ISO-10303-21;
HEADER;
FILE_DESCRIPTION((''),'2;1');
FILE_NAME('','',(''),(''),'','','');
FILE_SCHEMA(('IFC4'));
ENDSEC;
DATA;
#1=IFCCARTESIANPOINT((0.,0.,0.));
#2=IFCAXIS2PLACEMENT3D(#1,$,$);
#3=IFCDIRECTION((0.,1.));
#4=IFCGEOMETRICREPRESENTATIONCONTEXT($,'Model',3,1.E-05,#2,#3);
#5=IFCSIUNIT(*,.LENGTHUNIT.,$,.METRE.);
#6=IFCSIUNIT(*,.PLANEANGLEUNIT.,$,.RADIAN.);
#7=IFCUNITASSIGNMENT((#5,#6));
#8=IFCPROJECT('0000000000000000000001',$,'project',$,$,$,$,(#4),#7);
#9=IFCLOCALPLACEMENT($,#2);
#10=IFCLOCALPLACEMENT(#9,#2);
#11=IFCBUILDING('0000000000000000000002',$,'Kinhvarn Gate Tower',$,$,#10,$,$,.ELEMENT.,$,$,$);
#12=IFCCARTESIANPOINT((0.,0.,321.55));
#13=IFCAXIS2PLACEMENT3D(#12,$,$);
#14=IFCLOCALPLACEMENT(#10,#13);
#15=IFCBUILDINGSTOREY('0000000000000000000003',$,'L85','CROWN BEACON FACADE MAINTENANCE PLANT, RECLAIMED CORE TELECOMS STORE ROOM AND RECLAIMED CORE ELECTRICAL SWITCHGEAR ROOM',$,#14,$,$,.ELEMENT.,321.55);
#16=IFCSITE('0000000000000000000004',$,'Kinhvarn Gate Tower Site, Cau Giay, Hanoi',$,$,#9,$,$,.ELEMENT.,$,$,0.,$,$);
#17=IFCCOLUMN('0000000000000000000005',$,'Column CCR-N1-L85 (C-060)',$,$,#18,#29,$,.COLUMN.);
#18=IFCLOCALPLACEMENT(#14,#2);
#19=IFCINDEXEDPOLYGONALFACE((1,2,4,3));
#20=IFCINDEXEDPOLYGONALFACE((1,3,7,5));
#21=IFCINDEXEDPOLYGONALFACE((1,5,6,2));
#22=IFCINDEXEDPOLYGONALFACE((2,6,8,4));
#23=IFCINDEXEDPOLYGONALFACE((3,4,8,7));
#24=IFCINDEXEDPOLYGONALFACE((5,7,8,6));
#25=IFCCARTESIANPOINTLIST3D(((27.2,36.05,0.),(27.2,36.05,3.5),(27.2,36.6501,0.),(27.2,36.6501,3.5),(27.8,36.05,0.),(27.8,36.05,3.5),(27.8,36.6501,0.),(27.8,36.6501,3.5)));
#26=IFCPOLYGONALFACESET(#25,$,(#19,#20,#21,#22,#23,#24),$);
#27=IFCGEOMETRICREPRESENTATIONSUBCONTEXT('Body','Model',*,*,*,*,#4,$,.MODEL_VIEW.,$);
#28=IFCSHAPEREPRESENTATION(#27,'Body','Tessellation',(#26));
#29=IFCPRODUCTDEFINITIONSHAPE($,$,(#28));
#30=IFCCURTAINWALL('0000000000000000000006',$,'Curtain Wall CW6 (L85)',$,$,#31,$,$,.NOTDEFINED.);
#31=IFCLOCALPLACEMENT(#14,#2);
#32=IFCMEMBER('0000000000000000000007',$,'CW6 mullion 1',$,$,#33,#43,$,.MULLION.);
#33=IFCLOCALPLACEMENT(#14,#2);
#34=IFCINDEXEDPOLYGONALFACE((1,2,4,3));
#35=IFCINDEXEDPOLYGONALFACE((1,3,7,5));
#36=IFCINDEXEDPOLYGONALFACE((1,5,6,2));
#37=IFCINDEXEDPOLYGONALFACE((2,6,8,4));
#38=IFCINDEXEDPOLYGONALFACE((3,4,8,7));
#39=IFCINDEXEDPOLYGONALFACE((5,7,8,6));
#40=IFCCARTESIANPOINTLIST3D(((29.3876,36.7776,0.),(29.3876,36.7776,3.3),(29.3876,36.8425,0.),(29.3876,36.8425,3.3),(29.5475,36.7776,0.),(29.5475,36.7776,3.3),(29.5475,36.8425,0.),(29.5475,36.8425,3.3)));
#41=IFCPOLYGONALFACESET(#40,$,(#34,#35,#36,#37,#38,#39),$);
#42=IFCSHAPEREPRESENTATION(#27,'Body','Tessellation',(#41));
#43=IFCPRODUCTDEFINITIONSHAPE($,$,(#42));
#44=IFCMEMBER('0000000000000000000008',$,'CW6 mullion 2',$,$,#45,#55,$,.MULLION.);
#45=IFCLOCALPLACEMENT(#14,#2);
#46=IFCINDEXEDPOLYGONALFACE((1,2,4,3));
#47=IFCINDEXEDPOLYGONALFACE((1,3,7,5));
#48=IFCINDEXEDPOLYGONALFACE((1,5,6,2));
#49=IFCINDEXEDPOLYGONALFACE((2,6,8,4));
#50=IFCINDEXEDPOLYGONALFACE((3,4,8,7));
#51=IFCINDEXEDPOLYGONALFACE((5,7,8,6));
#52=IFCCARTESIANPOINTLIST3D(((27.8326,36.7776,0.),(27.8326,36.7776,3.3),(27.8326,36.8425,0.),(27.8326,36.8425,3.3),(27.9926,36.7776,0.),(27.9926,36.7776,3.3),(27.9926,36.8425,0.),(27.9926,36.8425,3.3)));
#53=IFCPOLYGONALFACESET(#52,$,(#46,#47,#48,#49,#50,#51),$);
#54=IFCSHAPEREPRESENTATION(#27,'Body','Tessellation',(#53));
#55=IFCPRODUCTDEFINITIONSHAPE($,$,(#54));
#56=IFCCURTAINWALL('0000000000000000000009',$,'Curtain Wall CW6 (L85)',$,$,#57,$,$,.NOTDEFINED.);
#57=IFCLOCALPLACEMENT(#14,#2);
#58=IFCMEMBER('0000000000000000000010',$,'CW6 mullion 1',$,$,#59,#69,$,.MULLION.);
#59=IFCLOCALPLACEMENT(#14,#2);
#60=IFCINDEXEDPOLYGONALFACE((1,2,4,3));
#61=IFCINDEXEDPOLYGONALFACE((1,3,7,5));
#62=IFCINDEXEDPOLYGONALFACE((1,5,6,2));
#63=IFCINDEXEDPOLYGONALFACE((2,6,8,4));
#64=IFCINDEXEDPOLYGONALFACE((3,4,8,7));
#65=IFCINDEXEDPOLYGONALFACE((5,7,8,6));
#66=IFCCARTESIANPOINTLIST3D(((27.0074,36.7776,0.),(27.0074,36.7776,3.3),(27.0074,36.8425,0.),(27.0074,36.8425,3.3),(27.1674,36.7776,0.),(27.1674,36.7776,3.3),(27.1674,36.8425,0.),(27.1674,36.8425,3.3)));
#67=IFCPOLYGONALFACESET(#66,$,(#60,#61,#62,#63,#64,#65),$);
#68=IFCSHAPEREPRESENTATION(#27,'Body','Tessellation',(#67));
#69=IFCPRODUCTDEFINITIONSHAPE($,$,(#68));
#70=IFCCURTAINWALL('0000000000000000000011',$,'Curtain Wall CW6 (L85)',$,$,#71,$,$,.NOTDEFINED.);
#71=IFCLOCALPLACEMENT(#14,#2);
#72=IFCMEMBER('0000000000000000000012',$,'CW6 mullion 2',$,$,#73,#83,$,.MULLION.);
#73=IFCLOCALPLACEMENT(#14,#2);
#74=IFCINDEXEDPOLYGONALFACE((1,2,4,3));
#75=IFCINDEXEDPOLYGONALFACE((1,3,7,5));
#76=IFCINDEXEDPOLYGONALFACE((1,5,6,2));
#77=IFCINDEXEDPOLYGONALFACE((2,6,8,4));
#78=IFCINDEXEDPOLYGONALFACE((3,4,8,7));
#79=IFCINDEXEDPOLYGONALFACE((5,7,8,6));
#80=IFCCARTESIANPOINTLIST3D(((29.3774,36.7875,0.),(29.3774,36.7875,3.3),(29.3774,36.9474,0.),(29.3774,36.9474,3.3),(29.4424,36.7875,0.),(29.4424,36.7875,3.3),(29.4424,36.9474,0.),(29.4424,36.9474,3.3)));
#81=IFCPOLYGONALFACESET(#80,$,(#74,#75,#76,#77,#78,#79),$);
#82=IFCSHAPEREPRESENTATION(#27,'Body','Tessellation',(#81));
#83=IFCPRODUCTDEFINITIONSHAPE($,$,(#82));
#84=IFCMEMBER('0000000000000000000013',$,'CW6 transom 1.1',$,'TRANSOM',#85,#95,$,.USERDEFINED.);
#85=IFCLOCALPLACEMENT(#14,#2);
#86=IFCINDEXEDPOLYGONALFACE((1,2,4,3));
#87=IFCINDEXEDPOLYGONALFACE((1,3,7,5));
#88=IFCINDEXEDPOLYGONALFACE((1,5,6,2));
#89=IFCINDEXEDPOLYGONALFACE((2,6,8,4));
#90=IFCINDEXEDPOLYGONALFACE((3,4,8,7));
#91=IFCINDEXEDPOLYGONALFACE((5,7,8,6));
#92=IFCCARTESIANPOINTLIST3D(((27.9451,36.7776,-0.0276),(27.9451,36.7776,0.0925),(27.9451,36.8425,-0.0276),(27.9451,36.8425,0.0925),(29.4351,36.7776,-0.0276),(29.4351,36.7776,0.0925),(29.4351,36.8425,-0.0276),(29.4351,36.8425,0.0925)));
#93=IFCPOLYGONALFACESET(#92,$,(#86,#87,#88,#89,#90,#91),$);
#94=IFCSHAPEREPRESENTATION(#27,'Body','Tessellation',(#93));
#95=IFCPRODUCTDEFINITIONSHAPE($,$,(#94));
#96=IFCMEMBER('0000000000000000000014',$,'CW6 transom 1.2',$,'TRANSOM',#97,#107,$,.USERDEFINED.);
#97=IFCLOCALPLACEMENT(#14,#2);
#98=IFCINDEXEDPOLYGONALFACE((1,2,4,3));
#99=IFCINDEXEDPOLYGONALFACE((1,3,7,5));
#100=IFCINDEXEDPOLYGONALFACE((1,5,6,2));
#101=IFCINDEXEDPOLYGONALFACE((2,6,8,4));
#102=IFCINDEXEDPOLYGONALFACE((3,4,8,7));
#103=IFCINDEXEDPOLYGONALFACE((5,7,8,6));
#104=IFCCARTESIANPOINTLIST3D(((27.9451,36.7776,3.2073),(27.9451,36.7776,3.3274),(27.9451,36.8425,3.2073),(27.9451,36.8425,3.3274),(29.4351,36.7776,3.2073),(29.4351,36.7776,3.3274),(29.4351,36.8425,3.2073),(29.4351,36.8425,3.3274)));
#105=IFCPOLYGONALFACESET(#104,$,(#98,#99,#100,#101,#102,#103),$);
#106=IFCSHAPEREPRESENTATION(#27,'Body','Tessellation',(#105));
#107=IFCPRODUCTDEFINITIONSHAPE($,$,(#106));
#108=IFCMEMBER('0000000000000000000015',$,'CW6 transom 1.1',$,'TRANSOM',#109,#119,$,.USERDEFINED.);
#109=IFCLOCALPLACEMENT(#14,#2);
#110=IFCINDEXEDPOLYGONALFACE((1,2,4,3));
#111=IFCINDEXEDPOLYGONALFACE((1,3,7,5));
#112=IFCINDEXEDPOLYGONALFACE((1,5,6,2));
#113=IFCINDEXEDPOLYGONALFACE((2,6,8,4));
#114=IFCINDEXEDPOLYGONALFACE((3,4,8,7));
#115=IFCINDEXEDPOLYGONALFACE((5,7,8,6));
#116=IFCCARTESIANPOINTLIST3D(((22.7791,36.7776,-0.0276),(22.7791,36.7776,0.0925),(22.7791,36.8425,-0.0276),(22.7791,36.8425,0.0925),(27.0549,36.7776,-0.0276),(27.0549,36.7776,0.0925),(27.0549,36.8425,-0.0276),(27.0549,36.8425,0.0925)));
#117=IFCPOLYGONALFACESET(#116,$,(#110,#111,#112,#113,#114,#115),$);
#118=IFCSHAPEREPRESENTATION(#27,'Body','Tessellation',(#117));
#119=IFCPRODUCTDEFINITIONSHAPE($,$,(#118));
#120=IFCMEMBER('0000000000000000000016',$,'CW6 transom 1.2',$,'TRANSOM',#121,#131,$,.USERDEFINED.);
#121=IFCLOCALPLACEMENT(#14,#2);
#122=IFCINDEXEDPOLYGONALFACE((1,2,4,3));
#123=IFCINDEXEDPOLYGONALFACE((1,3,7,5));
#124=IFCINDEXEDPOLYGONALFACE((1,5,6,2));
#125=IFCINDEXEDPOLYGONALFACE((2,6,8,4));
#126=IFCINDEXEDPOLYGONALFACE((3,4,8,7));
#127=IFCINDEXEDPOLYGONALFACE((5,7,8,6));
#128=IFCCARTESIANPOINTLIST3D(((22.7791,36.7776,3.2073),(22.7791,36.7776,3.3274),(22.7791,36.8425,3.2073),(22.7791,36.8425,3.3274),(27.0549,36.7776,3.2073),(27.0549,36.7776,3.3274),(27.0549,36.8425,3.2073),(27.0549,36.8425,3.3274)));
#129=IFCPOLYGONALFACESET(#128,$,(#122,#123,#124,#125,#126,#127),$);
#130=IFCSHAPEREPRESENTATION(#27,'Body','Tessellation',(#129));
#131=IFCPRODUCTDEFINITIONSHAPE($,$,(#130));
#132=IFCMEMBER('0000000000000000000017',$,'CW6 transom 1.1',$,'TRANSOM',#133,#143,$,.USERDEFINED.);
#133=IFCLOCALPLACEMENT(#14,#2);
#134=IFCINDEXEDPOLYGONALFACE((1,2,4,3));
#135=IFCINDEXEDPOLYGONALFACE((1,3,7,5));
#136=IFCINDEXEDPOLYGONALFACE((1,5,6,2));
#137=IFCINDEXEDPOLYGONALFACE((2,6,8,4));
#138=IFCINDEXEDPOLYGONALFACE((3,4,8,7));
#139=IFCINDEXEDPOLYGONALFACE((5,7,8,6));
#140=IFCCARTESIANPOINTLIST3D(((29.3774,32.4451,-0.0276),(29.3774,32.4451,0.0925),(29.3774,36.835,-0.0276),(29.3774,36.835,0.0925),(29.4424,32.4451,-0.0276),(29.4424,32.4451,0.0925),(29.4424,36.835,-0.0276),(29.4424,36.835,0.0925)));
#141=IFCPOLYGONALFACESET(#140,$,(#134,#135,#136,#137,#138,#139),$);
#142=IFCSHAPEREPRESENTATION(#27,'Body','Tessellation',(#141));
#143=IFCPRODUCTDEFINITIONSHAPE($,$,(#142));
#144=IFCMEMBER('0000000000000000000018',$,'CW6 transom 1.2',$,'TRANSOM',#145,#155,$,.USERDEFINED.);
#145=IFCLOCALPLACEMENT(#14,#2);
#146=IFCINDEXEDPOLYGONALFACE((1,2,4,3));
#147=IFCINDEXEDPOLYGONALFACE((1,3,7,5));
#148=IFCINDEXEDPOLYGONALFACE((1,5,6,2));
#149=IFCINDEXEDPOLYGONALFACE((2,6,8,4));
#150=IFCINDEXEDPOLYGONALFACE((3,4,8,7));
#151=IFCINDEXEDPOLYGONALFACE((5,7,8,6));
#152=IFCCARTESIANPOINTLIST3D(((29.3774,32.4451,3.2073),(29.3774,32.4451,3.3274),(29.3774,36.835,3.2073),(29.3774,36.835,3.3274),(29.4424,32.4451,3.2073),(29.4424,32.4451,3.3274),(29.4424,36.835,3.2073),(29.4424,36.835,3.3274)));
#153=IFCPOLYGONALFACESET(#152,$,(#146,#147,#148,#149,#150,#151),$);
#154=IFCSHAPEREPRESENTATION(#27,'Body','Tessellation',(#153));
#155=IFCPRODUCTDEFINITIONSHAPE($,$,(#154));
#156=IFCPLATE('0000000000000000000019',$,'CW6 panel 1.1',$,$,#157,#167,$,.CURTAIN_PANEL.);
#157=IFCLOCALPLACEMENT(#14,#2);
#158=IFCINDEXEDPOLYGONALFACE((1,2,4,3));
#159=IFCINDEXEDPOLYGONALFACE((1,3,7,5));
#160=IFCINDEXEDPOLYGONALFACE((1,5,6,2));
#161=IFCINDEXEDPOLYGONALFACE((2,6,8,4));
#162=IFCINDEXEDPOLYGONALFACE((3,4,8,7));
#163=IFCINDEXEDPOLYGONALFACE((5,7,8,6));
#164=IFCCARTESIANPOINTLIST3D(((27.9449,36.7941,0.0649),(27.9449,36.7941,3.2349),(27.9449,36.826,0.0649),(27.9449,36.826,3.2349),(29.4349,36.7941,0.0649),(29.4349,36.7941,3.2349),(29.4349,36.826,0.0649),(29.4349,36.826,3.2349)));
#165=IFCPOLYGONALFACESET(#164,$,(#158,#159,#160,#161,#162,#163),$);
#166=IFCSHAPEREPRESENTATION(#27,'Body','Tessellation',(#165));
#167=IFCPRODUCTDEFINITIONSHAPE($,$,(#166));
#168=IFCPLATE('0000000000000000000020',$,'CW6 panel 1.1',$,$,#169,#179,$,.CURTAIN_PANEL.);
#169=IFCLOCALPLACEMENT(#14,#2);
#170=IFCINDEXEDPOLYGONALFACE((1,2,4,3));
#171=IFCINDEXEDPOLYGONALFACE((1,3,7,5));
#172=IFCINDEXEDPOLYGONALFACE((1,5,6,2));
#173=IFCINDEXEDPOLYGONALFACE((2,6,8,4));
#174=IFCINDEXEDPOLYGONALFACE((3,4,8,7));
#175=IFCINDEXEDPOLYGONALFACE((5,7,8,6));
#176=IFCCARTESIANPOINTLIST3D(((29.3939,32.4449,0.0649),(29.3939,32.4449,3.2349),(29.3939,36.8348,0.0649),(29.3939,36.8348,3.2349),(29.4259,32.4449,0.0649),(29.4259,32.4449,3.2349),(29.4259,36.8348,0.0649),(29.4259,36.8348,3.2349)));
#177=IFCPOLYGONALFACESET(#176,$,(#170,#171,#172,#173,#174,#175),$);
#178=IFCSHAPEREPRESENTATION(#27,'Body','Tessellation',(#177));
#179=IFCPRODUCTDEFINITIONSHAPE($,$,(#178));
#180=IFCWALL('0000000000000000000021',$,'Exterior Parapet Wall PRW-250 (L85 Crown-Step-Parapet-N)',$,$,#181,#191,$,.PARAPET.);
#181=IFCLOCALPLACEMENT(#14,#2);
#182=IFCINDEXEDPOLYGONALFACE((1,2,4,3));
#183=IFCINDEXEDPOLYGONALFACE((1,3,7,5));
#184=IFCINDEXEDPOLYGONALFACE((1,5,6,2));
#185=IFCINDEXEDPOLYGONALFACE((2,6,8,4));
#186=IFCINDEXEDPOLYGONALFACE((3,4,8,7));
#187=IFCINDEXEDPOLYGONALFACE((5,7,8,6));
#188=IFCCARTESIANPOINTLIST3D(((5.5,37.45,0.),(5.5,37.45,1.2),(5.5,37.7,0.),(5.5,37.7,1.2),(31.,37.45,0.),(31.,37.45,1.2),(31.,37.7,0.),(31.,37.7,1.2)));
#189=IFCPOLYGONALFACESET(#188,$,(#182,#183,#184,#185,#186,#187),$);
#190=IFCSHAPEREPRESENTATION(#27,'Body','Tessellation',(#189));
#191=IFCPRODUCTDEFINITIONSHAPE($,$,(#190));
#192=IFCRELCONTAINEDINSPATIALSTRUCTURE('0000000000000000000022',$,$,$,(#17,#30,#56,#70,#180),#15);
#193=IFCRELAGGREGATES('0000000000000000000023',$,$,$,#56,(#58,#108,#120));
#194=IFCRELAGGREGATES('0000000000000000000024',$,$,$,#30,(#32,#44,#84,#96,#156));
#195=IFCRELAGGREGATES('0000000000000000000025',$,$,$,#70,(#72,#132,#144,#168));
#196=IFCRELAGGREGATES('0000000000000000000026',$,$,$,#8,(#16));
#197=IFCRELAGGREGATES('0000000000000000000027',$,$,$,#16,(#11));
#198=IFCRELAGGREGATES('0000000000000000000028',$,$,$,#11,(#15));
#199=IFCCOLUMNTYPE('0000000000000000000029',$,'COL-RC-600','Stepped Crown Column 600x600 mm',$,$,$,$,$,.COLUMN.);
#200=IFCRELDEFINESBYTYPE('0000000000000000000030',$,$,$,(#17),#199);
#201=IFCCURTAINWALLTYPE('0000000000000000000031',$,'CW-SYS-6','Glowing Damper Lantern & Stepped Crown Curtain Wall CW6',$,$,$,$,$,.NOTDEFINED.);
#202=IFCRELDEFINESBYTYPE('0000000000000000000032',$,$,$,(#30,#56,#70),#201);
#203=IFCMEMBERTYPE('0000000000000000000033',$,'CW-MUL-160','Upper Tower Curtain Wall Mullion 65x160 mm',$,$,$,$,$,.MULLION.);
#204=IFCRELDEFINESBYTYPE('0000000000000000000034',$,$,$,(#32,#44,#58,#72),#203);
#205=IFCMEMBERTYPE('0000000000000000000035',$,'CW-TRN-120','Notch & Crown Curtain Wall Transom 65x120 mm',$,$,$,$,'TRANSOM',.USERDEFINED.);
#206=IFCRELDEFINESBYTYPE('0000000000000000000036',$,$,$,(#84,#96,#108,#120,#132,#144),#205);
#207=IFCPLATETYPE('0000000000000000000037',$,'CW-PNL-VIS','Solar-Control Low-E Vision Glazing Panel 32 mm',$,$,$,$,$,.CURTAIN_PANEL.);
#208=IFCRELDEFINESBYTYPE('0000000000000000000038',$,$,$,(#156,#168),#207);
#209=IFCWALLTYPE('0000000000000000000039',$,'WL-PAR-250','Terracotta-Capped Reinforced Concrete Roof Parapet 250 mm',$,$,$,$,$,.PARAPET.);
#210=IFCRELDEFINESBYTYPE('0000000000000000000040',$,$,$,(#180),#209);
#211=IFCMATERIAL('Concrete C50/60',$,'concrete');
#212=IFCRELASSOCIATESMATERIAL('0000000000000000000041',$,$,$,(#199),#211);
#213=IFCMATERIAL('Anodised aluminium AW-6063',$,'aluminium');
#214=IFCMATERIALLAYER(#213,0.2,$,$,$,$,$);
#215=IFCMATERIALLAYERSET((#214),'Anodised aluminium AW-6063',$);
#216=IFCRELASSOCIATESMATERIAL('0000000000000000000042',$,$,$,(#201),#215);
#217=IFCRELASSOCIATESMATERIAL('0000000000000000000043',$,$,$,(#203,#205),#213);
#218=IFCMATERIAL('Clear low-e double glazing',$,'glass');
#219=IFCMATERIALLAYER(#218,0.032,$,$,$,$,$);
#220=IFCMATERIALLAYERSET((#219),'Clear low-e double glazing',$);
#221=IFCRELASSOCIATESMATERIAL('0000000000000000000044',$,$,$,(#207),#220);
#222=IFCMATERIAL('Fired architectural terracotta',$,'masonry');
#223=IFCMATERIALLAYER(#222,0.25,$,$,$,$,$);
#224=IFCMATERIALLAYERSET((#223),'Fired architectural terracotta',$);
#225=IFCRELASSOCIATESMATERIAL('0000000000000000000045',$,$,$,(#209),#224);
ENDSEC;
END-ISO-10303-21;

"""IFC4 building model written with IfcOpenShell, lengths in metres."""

from ifc_helpers import new_model, si_unit, direction, frame, frame_2d, origin, origin_2d, place, context, subcontext, project, spatial, rectangle, extrude, material, layer, layer_set, material_profile, profile_set, type_object, element, aggregate, save


model = new_model("IFC4")

# Units and contexts
model_context = context("Model", 3, precision=1e-05, world=origin(), true_north=direction((0.0, 1.0)))
body_context = subcontext(model_context, "Body", "Model", "MODEL_VIEW")
ifc_project = project(units=[si_unit("LENGTHUNIT", "METRE"), si_unit("PLANEANGLEUNIT", "RADIAN")], contexts=[model_context])

# Site, building, storey
site_placement = place(None, origin())
site = spatial("IfcSite", under=ifc_project, at=site_placement, Name="Kinhvarn Gate Tower Site, Cau Giay, Hanoi", CompositionType="ELEMENT", RefElevation=0.0)
building_placement = place(site_placement, origin())
building = spatial("IfcBuilding", under=site, at=building_placement, Name="Kinhvarn Gate Tower", CompositionType="ELEMENT")
storey_placement = place(building_placement, frame((0.0, 0.0, 321.55)))
storey = spatial("IfcBuildingStorey", under=building, at=storey_placement, Name="L85", Description="CROWN BEACON FACADE MAINTENANCE PLANT, RECLAIMED CORE TELECOMS STORE ROOM AND RECLAIMED CORE ELECTRICAL SWITCHGEAR ROOM", CompositionType="ELEMENT", Elevation=321.55)

# Column
ifc_material_1 = material(Name="Concrete C50/60", Category="concrete")
ifc_material_profile_1 = material_profile(ifc_material_1, rectangle(XDim=0.6001, YDim=0.6001, at=origin_2d()), Name="RC 600x600")
ifc_profile_set_1 = profile_set([ifc_material_profile_1], Name="Concrete C50/60")
column_type = type_object("IfcColumnType", Name="COL-RC-600", Description="Stepped Crown Column 600x600 mm", PredefinedType="COLUMN", material=ifc_profile_set_1)
column_placement = place(storey_placement, frame((27.5, 36.3501, 0.0), z_axis=(0.0, 0.0, 1.0), x_axis=(1.0, 0.0, 0.0)))
element("IfcColumn", 1, at=column_placement, inside=storey, type_object=column_type, Name="Column CCR-N1-L85 (C-060)", PredefinedType="COLUMN", context=body_context, shape_type="SweptSolid", body=[
    extrude(rectangle(XDim=0.6001, YDim=0.6001, at=origin_2d()), origin(), (0.0, 0.0, 1.0), 3.5),
])

# Curtain wall, members
ifc_material_2 = material(Name="Anodised aluminium AW-6063", Category="aluminium")
ifc_layer_1 = layer(ifc_material_2, 0.2)
ifc_layer_set_1 = layer_set([ifc_layer_1], Name="Anodised aluminium AW-6063")
curtain_wall_type = type_object("IfcCurtainWallType", Name="CW-SYS-6", Description="Glowing Damper Lantern & Stepped Crown Curtain Wall CW6", PredefinedType="NOTDEFINED", material=ifc_layer_set_1)
curtain_wall_1_placement = place(storey_placement, origin())
curtain_wall_1 = element("IfcCurtainWall", 2, at=curtain_wall_1_placement, inside=storey, type_object=curtain_wall_type, Name="Curtain Wall CW6 (L85)", PredefinedType="NOTDEFINED")
ifc_material_profile_2 = material_profile(ifc_material_2, rectangle(XDim=0.0649, YDim=0.1599, at=origin_2d()), Name="ALU 65x160")
ifc_profile_set_2 = profile_set([ifc_material_profile_2], Name="Anodised aluminium AW-6063")
member_type_1 = type_object("IfcMemberType", Name="CW-MUL-160", Description="Upper Tower Curtain Wall Mullion 65x160 mm", PredefinedType="MULLION", material=ifc_profile_set_2)
member_1_placement = place(storey_placement, frame((29.4675, 36.8101, 0.0), z_axis=(0.0, 0.0, 1.0), x_axis=(0.0, -1.0, 0.0)))
member_1 = element("IfcMember", 3, at=member_1_placement, type_object=member_type_1, Name="CW6 mullion 1", PredefinedType="MULLION", context=body_context, shape_type="SweptSolid", body=[
    extrude(rectangle(XDim=0.0649, YDim=0.1599, at=origin_2d()), origin(), (0.0, 0.0, 1.0), 3.3),
])
member_2_placement = place(storey_placement, frame((27.9126, 36.8101, 0.0), z_axis=(0.0, 0.0, 1.0), x_axis=(0.0, -1.0, 0.0)))
member_2 = element("IfcMember", 4, at=member_2_placement, type_object=member_type_1, Name="CW6 mullion 2", PredefinedType="MULLION", context=body_context, shape_type="SweptSolid", body=[
    extrude(rectangle(XDim=0.0649, YDim=0.1599, at=origin_2d()), origin(), (0.0, 0.0, 1.0), 3.3),
])

# Curtain walls, members
curtain_wall_2_placement = place(storey_placement, origin())
curtain_wall_2 = element("IfcCurtainWall", 5, at=curtain_wall_2_placement, inside=storey, type_object=curtain_wall_type, Name="Curtain Wall CW6 (L85)", PredefinedType="NOTDEFINED")
member_3_placement = place(storey_placement, frame((27.0874, 36.8101, 0.0), z_axis=(0.0, 0.0, 1.0), x_axis=(0.0, -1.0, 0.0)))
member_3 = element("IfcMember", 6, at=member_3_placement, type_object=member_type_1, Name="CW6 mullion 1", PredefinedType="MULLION", context=body_context, shape_type="SweptSolid", body=[
    extrude(rectangle(XDim=0.0649, YDim=0.1599, at=origin_2d()), origin(), (0.0, 0.0, 1.0), 3.3),
])
curtain_wall_3_placement = place(storey_placement, origin())
curtain_wall_3 = element("IfcCurtainWall", 7, at=curtain_wall_3_placement, inside=storey, type_object=curtain_wall_type, Name="Curtain Wall CW6 (L85)", PredefinedType="NOTDEFINED")
member_4_placement = place(storey_placement, frame((29.4099, 36.8674, 0.0), z_axis=(0.0, 0.0, 1.0), x_axis=(-1.0, 0.0, 0.0)))
member_4 = element("IfcMember", 8, at=member_4_placement, type_object=member_type_1, Name="CW6 mullion 2", PredefinedType="MULLION", context=body_context, shape_type="SweptSolid", body=[
    extrude(rectangle(XDim=0.0649, YDim=0.1599, at=origin_2d()), origin(), (0.0, 0.0, 1.0), 3.3),
])

# Members
ifc_material_profile_3 = material_profile(ifc_material_2, rectangle(XDim=0.0649, YDim=0.1201, at=origin_2d()), Name="ALU 65x120")
ifc_profile_set_3 = profile_set([ifc_material_profile_3], Name="Anodised aluminium AW-6063")
member_type_2 = type_object("IfcMemberType", Name="CW-TRN-120", Description="Notch & Crown Curtain Wall Transom 65x120 mm", ElementType="TRANSOM", PredefinedType="USERDEFINED", material=ifc_profile_set_3)
member_5_placement = place(storey_placement, frame((29.4351, 36.8101, 0.0325), z_axis=(-1.0, 0.0, 0.0), x_axis=(0.0, -1.0, 0.0)))
member_5 = element("IfcMember", 9, at=member_5_placement, type_object=member_type_2, Name="CW6 transom 1.1", ObjectType="TRANSOM", PredefinedType="USERDEFINED", context=body_context, shape_type="SweptSolid", body=[
    extrude(rectangle(XDim=0.0649, YDim=0.1201, at=origin_2d()), origin(), (0.0, 0.0, 1.0), 1.49),
])
member_6_placement = place(storey_placement, frame((29.4351, 36.8101, 3.2673), z_axis=(-1.0, 0.0, 0.0), x_axis=(0.0, -1.0, 0.0)))
member_6 = element("IfcMember", 10, at=member_6_placement, type_object=member_type_2, Name="CW6 transom 1.2", ObjectType="TRANSOM", PredefinedType="USERDEFINED", context=body_context, shape_type="SweptSolid", body=[
    extrude(rectangle(XDim=0.0649, YDim=0.1201, at=origin_2d()), origin(), (0.0, 0.0, 1.0), 1.49),
])
member_7_placement = place(storey_placement, frame((27.0549, 36.8101, 0.0325), z_axis=(-1.0, 0.0, 0.0), x_axis=(0.0, -1.0, 0.0)))
member_7 = element("IfcMember", 11, at=member_7_placement, type_object=member_type_2, Name="CW6 transom 1.1", ObjectType="TRANSOM", PredefinedType="USERDEFINED", context=body_context, shape_type="SweptSolid", body=[
    extrude(rectangle(XDim=0.0649, YDim=0.1201, at=origin_2d()), origin(), (0.0, 0.0, 1.0), 4.2759),
])
member_8_placement = place(storey_placement, frame((27.0549, 36.8101, 3.2673), z_axis=(-1.0, 0.0, 0.0), x_axis=(0.0, -1.0, 0.0)))
member_8 = element("IfcMember", 12, at=member_8_placement, type_object=member_type_2, Name="CW6 transom 1.2", ObjectType="TRANSOM", PredefinedType="USERDEFINED", context=body_context, shape_type="SweptSolid", body=[
    extrude(rectangle(XDim=0.0649, YDim=0.1201, at=origin_2d()), origin(), (0.0, 0.0, 1.0), 4.2759),
])
aggregate(curtain_wall_2, [member_3, member_7, member_8])
member_9_placement = place(storey_placement, frame((29.4099, 32.4451, 0.0325), z_axis=(0.0, 1.0, 0.0), x_axis=(-1.0, 0.0, 0.0)))
member_9 = element("IfcMember", 13, at=member_9_placement, type_object=member_type_2, Name="CW6 transom 1.1", ObjectType="TRANSOM", PredefinedType="USERDEFINED", context=body_context, shape_type="SweptSolid", body=[
    extrude(rectangle(XDim=0.0649, YDim=0.1201, at=origin_2d()), origin(), (0.0, 0.0, 1.0), 4.3899),
])
member_10_placement = place(storey_placement, frame((29.4099, 32.4451, 3.2673), z_axis=(0.0, 1.0, 0.0), x_axis=(-1.0, 0.0, 0.0)))
member_10 = element("IfcMember", 14, at=member_10_placement, type_object=member_type_2, Name="CW6 transom 1.2", ObjectType="TRANSOM", PredefinedType="USERDEFINED", context=body_context, shape_type="SweptSolid", body=[
    extrude(rectangle(XDim=0.0649, YDim=0.1201, at=origin_2d()), origin(), (0.0, 0.0, 1.0), 4.3899),
])

# Plates
ifc_material_3 = material(Name="Clear low-e double glazing", Category="glass")
ifc_layer_2 = layer(ifc_material_3, 0.032)
ifc_layer_set_2 = layer_set([ifc_layer_2], Name="Clear low-e double glazing")
plate_type = type_object("IfcPlateType", Name="CW-PNL-VIS", Description="Solar-Control Low-E Vision Glazing Panel 32 mm", PredefinedType="CURTAIN_PANEL", material=ifc_layer_set_2)
plate_1_placement = place(storey_placement, frame((28.6899, 36.8101, 0.0649), z_axis=(0.0, 0.0, 1.0), x_axis=(-1.0, 0.0, 0.0)))
plate_1 = element("IfcPlate", 15, at=plate_1_placement, type_object=plate_type, Name="CW6 panel 1.1", PredefinedType="CURTAIN_PANEL", context=body_context, shape_type="SweptSolid", body=[
    extrude(rectangle(XDim=1.49, YDim=0.032, at=origin_2d()), origin(), (0.0, 0.0, 1.0), 3.1699),
])
aggregate(curtain_wall_1, [member_1, member_2, member_5, member_6, plate_1])
plate_2_placement = place(storey_placement, frame((29.4099, 34.6399, 0.0649), z_axis=(0.0, 0.0, 1.0), x_axis=(0.0, 1.0, 0.0)))
plate_2 = element("IfcPlate", 16, at=plate_2_placement, type_object=plate_type, Name="CW6 panel 1.1", PredefinedType="CURTAIN_PANEL", context=body_context, shape_type="SweptSolid", body=[
    extrude(rectangle(XDim=4.3899, YDim=0.032, at=origin_2d()), origin(), (0.0, 0.0, 1.0), 3.1699),
])
aggregate(curtain_wall_3, [member_4, member_9, member_10, plate_2])

# Wall
ifc_material_4 = material(Name="Fired architectural terracotta", Category="masonry")
ifc_layer_3 = layer(ifc_material_4, 0.25)
ifc_layer_set_3 = layer_set([ifc_layer_3], Name="Fired architectural terracotta")
wall_type = type_object("IfcWallType", Name="WL-PAR-250", Description="Terracotta-Capped Reinforced Concrete Roof Parapet 250 mm", PredefinedType="PARAPET", material=ifc_layer_set_3)
wall_1_placement = place(storey_placement, frame((31.0, 37.575, 0.0), z_axis=(0.0, 0.0, 1.0), x_axis=(-1.0, 0.0, 0.0)))
element("IfcWall", 17, at=wall_1_placement, inside=storey, type_object=wall_type, Name="Exterior Parapet Wall PRW-250 (L85 Crown-Step-Parapet-N)", PredefinedType="PARAPET", context=body_context, shape_type="SweptSolid", body=[
    extrude(rectangle(XDim=25.5, YDim=0.25, at=frame_2d((12.75, 0.0))), origin(), (0.0, 0.0, 1.0), 1.2),
])

save(model, "model.ifc")
